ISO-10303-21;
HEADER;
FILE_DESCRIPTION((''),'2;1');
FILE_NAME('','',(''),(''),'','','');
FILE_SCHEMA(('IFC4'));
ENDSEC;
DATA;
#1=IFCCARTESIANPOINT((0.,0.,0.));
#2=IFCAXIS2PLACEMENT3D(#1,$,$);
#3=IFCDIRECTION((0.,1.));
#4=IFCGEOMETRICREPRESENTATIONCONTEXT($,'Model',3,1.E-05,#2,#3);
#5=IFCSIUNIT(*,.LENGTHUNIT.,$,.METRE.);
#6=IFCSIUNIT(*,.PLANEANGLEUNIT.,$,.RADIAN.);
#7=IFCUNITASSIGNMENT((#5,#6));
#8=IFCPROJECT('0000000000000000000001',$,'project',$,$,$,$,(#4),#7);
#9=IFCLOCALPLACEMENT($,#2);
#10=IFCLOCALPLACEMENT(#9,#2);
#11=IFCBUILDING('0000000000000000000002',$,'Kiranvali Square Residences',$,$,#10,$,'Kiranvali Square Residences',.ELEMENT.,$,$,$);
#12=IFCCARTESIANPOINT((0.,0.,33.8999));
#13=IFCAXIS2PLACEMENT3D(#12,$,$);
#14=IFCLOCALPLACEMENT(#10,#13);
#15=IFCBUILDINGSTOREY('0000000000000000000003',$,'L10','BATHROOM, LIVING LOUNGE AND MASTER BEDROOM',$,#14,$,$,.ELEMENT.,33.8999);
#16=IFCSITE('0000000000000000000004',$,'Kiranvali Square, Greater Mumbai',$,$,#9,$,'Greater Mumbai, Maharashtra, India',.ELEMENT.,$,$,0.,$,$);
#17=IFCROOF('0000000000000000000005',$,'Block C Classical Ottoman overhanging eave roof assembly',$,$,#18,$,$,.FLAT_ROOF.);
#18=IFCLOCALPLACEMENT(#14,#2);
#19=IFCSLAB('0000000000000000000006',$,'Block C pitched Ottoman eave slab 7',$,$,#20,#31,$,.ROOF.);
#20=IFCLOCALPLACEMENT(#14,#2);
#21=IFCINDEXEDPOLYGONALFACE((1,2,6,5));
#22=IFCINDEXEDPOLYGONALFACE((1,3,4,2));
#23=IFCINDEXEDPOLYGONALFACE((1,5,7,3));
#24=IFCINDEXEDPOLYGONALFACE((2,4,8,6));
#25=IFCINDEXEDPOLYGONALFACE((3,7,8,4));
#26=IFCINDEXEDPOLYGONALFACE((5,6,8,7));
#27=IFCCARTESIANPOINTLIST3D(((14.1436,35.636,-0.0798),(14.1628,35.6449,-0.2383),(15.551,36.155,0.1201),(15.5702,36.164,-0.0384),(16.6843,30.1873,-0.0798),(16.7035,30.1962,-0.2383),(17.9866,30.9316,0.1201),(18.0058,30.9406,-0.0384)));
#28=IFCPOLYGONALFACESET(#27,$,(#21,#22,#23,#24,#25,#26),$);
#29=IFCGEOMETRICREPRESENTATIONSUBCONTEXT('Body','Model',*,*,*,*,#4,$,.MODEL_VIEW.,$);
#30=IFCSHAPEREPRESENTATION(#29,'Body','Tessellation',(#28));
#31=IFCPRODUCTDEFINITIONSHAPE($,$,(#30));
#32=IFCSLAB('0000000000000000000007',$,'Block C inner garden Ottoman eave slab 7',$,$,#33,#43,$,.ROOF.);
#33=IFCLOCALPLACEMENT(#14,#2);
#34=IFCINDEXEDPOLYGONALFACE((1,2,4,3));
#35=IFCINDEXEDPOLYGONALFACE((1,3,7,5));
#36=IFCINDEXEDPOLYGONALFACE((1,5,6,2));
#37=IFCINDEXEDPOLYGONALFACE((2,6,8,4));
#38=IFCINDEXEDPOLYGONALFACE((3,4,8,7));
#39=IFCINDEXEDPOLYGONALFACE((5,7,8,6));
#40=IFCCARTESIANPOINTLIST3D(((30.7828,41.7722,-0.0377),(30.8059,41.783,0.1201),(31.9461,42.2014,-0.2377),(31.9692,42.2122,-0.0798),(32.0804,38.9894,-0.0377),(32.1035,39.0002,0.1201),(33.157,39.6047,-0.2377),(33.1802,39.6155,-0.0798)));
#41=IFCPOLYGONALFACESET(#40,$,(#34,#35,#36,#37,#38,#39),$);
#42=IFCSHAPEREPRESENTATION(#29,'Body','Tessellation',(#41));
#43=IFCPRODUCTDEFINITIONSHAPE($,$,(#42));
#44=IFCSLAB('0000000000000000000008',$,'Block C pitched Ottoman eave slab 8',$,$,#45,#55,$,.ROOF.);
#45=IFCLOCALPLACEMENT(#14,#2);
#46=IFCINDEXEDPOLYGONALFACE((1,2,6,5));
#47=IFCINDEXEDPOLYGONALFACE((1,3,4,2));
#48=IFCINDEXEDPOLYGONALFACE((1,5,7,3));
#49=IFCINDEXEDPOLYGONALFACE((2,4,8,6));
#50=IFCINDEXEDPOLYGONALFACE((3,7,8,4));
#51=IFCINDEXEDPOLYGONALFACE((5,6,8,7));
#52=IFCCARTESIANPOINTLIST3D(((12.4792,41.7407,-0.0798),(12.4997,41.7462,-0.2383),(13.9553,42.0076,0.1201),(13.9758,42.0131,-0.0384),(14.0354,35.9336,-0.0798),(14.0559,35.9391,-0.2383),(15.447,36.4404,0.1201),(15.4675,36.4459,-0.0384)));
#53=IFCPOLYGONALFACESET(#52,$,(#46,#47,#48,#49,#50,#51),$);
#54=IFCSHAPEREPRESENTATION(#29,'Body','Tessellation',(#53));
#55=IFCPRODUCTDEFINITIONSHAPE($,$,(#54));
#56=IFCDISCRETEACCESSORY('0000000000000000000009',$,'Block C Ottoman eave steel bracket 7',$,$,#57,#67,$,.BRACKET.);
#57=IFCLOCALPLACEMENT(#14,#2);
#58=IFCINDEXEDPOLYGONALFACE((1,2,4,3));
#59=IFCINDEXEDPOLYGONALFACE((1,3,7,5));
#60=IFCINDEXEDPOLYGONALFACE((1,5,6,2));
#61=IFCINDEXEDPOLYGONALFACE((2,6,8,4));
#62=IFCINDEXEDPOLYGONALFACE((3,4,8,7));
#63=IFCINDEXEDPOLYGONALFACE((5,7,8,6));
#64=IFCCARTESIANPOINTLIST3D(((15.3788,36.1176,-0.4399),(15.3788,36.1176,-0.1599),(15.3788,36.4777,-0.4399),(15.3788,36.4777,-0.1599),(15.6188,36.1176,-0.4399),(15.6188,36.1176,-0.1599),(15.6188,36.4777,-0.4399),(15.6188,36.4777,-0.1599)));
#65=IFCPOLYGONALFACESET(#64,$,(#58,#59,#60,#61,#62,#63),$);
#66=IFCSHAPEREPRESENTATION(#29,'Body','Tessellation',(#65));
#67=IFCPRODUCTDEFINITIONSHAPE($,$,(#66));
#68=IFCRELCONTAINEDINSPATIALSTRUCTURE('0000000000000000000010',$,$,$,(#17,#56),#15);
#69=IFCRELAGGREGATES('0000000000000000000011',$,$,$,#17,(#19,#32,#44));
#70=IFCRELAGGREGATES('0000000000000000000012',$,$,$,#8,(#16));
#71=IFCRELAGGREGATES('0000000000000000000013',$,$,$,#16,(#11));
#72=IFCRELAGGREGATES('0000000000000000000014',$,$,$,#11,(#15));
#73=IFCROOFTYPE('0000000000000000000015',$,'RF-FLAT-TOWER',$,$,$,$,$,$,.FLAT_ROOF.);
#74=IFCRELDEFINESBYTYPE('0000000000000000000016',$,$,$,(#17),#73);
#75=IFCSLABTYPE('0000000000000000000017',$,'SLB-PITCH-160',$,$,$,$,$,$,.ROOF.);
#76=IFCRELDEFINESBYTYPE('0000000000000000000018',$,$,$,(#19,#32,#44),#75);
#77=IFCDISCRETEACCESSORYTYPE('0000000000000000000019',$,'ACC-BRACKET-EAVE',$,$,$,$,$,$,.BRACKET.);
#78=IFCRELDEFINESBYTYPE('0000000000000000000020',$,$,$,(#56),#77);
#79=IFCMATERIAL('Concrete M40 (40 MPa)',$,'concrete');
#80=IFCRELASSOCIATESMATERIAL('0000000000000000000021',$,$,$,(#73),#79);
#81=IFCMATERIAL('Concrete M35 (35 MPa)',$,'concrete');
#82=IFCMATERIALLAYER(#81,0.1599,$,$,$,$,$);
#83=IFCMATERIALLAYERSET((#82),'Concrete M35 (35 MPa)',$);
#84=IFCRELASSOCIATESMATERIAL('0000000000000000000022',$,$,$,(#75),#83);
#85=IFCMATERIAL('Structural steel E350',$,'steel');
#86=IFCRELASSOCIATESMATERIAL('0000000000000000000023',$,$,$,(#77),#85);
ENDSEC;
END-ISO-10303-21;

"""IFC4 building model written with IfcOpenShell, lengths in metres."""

from ifc_helpers import new_model, si_unit, direction, frame, origin, origin_2d, place, context, subcontext, project, spatial, polyline, rectangle, outline, extrude, material, layer, layer_set, type_object, element, aggregate, save


model = new_model("IFC4")

# Units and contexts
model_context = context("Model", 3, precision=1e-05, world=origin(), true_north=direction((0.0, 1.0)))
body_context = subcontext(model_context, "Body", "Model", "MODEL_VIEW")
ifc_project = project(units=[si_unit("LENGTHUNIT", "METRE"), si_unit("PLANEANGLEUNIT", "RADIAN")], contexts=[model_context])

# Site, building, storey
site_placement = place(None, origin())
site = spatial("IfcSite", under=ifc_project, at=site_placement, Name="Kiranvali Square, Greater Mumbai", LongName="Greater Mumbai, Maharashtra, India", CompositionType="ELEMENT", RefElevation=0.0)
building_placement = place(site_placement, origin())
building = spatial("IfcBuilding", under=site, at=building_placement, Name="Kiranvali Square Residences", LongName="Kiranvali Square Residences", CompositionType="ELEMENT")
storey_placement = place(building_placement, frame((0.0, 0.0, 33.8999)))
storey = spatial("IfcBuildingStorey", under=building, at=storey_placement, Name="L10", Description="BATHROOM, LIVING LOUNGE AND MASTER BEDROOM", CompositionType="ELEMENT", Elevation=33.8999)

# Shared definitions
ifc_material_1 = material(Name="Structural steel E350", Category="steel")

# Roof, slabs
ifc_material_2 = material(Name="Concrete M40 (40 MPa)", Category="concrete")
roof_type = type_object("IfcRoofType", Name="RF-FLAT-TOWER", PredefinedType="FLAT_ROOF", material=ifc_material_2)
roof_placement = place(storey_placement, origin())
roof = element("IfcRoof", 1, at=roof_placement, inside=storey, type_object=roof_type, Name="Block C Classical Ottoman overhanging eave roof assembly", PredefinedType="FLAT_ROOF")
ifc_material_3 = material(Name="Concrete M35 (35 MPa)", Category="concrete")
ifc_layer = layer(ifc_material_3, 0.1599)
ifc_layer_set = layer_set([ifc_layer], Name="Concrete M35 (35 MPa)")
slab_type = type_object("IfcSlabType", Name="SLB-PITCH-160", PredefinedType="ROOF", material=ifc_layer_set)
slab_1_placement = place(storey_placement, frame((17.9866, 30.9316, 0.1201), z_axis=(-0.120155, -0.056027, 0.991173), x_axis=(-0.422596, 0.906318, 0.000002)))
slab_1 = element("IfcSlab", 2, at=slab_1_placement, type_object=slab_type, Name="Block C pitched Ottoman eave slab 7", PredefinedType="ROOF", context=body_context, shape_type="SweptSolid", body=[
    extrude(outline(polyline([(0.0, 0.0), (5.7633, 0.0), (5.8877, 1.5083), (-0.1243, 1.5081), (0.0, 0.0)])), origin(), (0.0, 0.0, -1.0), 0.1599),
])
slab_2_placement = place(storey_placement, frame((32.1035, 39.0002, 0.1201), z_axis=(0.144761, 0.067506, 0.987161), x_axis=(-0.42262, 0.906307, -0.000002)))
slab_2 = element("IfcSlab", 3, at=slab_2_placement, type_object=slab_type, Name="Block C inner garden Ottoman eave slab 7", PredefinedType="ROOF", context=body_context, shape_type="SweptSolid", body=[
    extrude(outline(polyline([(0.0, 0.0), (3.0704, 0.0), (2.9677, -1.2518), (0.1026, -1.2519), (0.0, 0.0)])), origin(), (0.0, 0.0, -1.0), 0.1599),
])
slab_3_placement = place(storey_placement, frame((15.447, 36.4404, 0.1201), z_axis=(-0.128068, -0.034317, 0.991171), x_axis=(-0.258817, 0.965926, 0.000002)))
slab_3 = element("IfcSlab", 4, at=slab_3_placement, type_object=slab_type, Name="Block C pitched Ottoman eave slab 8", PredefinedType="ROOF", context=body_context, shape_type="SweptSolid", body=[
    extrude(outline(polyline([(0.0, 0.0), (5.7635, 0.0), (5.8878, 1.5082), (-0.1242, 1.508), (0.0, 0.0)])), origin(), (0.0, 0.0, -1.0), 0.1599),
])
aggregate(roof, [slab_1, slab_2, slab_3])

# Discrete accessory
discrete_accessory_type = type_object("IfcDiscreteAccessoryType", Name="ACC-BRACKET-EAVE", PredefinedType="BRACKET", material=ifc_material_1)
discrete_accessory_placement = place(storey_placement, frame((15.4988, 36.2976, -0.4399), z_axis=(0.0, 0.0, 1.0), x_axis=(1.0, 0.0, 0.0)))
element("IfcDiscreteAccessory", 5, at=discrete_accessory_placement, inside=storey, type_object=discrete_accessory_type, Name="Block C Ottoman eave steel bracket 7", PredefinedType="BRACKET", context=body_context, shape_type="SweptSolid", body=[
    extrude(rectangle(XDim=0.24, YDim=0.3601, at=origin_2d()), origin(), (0.0, 0.0, 1.0), 0.28),
])

save(model, "model.ifc")
